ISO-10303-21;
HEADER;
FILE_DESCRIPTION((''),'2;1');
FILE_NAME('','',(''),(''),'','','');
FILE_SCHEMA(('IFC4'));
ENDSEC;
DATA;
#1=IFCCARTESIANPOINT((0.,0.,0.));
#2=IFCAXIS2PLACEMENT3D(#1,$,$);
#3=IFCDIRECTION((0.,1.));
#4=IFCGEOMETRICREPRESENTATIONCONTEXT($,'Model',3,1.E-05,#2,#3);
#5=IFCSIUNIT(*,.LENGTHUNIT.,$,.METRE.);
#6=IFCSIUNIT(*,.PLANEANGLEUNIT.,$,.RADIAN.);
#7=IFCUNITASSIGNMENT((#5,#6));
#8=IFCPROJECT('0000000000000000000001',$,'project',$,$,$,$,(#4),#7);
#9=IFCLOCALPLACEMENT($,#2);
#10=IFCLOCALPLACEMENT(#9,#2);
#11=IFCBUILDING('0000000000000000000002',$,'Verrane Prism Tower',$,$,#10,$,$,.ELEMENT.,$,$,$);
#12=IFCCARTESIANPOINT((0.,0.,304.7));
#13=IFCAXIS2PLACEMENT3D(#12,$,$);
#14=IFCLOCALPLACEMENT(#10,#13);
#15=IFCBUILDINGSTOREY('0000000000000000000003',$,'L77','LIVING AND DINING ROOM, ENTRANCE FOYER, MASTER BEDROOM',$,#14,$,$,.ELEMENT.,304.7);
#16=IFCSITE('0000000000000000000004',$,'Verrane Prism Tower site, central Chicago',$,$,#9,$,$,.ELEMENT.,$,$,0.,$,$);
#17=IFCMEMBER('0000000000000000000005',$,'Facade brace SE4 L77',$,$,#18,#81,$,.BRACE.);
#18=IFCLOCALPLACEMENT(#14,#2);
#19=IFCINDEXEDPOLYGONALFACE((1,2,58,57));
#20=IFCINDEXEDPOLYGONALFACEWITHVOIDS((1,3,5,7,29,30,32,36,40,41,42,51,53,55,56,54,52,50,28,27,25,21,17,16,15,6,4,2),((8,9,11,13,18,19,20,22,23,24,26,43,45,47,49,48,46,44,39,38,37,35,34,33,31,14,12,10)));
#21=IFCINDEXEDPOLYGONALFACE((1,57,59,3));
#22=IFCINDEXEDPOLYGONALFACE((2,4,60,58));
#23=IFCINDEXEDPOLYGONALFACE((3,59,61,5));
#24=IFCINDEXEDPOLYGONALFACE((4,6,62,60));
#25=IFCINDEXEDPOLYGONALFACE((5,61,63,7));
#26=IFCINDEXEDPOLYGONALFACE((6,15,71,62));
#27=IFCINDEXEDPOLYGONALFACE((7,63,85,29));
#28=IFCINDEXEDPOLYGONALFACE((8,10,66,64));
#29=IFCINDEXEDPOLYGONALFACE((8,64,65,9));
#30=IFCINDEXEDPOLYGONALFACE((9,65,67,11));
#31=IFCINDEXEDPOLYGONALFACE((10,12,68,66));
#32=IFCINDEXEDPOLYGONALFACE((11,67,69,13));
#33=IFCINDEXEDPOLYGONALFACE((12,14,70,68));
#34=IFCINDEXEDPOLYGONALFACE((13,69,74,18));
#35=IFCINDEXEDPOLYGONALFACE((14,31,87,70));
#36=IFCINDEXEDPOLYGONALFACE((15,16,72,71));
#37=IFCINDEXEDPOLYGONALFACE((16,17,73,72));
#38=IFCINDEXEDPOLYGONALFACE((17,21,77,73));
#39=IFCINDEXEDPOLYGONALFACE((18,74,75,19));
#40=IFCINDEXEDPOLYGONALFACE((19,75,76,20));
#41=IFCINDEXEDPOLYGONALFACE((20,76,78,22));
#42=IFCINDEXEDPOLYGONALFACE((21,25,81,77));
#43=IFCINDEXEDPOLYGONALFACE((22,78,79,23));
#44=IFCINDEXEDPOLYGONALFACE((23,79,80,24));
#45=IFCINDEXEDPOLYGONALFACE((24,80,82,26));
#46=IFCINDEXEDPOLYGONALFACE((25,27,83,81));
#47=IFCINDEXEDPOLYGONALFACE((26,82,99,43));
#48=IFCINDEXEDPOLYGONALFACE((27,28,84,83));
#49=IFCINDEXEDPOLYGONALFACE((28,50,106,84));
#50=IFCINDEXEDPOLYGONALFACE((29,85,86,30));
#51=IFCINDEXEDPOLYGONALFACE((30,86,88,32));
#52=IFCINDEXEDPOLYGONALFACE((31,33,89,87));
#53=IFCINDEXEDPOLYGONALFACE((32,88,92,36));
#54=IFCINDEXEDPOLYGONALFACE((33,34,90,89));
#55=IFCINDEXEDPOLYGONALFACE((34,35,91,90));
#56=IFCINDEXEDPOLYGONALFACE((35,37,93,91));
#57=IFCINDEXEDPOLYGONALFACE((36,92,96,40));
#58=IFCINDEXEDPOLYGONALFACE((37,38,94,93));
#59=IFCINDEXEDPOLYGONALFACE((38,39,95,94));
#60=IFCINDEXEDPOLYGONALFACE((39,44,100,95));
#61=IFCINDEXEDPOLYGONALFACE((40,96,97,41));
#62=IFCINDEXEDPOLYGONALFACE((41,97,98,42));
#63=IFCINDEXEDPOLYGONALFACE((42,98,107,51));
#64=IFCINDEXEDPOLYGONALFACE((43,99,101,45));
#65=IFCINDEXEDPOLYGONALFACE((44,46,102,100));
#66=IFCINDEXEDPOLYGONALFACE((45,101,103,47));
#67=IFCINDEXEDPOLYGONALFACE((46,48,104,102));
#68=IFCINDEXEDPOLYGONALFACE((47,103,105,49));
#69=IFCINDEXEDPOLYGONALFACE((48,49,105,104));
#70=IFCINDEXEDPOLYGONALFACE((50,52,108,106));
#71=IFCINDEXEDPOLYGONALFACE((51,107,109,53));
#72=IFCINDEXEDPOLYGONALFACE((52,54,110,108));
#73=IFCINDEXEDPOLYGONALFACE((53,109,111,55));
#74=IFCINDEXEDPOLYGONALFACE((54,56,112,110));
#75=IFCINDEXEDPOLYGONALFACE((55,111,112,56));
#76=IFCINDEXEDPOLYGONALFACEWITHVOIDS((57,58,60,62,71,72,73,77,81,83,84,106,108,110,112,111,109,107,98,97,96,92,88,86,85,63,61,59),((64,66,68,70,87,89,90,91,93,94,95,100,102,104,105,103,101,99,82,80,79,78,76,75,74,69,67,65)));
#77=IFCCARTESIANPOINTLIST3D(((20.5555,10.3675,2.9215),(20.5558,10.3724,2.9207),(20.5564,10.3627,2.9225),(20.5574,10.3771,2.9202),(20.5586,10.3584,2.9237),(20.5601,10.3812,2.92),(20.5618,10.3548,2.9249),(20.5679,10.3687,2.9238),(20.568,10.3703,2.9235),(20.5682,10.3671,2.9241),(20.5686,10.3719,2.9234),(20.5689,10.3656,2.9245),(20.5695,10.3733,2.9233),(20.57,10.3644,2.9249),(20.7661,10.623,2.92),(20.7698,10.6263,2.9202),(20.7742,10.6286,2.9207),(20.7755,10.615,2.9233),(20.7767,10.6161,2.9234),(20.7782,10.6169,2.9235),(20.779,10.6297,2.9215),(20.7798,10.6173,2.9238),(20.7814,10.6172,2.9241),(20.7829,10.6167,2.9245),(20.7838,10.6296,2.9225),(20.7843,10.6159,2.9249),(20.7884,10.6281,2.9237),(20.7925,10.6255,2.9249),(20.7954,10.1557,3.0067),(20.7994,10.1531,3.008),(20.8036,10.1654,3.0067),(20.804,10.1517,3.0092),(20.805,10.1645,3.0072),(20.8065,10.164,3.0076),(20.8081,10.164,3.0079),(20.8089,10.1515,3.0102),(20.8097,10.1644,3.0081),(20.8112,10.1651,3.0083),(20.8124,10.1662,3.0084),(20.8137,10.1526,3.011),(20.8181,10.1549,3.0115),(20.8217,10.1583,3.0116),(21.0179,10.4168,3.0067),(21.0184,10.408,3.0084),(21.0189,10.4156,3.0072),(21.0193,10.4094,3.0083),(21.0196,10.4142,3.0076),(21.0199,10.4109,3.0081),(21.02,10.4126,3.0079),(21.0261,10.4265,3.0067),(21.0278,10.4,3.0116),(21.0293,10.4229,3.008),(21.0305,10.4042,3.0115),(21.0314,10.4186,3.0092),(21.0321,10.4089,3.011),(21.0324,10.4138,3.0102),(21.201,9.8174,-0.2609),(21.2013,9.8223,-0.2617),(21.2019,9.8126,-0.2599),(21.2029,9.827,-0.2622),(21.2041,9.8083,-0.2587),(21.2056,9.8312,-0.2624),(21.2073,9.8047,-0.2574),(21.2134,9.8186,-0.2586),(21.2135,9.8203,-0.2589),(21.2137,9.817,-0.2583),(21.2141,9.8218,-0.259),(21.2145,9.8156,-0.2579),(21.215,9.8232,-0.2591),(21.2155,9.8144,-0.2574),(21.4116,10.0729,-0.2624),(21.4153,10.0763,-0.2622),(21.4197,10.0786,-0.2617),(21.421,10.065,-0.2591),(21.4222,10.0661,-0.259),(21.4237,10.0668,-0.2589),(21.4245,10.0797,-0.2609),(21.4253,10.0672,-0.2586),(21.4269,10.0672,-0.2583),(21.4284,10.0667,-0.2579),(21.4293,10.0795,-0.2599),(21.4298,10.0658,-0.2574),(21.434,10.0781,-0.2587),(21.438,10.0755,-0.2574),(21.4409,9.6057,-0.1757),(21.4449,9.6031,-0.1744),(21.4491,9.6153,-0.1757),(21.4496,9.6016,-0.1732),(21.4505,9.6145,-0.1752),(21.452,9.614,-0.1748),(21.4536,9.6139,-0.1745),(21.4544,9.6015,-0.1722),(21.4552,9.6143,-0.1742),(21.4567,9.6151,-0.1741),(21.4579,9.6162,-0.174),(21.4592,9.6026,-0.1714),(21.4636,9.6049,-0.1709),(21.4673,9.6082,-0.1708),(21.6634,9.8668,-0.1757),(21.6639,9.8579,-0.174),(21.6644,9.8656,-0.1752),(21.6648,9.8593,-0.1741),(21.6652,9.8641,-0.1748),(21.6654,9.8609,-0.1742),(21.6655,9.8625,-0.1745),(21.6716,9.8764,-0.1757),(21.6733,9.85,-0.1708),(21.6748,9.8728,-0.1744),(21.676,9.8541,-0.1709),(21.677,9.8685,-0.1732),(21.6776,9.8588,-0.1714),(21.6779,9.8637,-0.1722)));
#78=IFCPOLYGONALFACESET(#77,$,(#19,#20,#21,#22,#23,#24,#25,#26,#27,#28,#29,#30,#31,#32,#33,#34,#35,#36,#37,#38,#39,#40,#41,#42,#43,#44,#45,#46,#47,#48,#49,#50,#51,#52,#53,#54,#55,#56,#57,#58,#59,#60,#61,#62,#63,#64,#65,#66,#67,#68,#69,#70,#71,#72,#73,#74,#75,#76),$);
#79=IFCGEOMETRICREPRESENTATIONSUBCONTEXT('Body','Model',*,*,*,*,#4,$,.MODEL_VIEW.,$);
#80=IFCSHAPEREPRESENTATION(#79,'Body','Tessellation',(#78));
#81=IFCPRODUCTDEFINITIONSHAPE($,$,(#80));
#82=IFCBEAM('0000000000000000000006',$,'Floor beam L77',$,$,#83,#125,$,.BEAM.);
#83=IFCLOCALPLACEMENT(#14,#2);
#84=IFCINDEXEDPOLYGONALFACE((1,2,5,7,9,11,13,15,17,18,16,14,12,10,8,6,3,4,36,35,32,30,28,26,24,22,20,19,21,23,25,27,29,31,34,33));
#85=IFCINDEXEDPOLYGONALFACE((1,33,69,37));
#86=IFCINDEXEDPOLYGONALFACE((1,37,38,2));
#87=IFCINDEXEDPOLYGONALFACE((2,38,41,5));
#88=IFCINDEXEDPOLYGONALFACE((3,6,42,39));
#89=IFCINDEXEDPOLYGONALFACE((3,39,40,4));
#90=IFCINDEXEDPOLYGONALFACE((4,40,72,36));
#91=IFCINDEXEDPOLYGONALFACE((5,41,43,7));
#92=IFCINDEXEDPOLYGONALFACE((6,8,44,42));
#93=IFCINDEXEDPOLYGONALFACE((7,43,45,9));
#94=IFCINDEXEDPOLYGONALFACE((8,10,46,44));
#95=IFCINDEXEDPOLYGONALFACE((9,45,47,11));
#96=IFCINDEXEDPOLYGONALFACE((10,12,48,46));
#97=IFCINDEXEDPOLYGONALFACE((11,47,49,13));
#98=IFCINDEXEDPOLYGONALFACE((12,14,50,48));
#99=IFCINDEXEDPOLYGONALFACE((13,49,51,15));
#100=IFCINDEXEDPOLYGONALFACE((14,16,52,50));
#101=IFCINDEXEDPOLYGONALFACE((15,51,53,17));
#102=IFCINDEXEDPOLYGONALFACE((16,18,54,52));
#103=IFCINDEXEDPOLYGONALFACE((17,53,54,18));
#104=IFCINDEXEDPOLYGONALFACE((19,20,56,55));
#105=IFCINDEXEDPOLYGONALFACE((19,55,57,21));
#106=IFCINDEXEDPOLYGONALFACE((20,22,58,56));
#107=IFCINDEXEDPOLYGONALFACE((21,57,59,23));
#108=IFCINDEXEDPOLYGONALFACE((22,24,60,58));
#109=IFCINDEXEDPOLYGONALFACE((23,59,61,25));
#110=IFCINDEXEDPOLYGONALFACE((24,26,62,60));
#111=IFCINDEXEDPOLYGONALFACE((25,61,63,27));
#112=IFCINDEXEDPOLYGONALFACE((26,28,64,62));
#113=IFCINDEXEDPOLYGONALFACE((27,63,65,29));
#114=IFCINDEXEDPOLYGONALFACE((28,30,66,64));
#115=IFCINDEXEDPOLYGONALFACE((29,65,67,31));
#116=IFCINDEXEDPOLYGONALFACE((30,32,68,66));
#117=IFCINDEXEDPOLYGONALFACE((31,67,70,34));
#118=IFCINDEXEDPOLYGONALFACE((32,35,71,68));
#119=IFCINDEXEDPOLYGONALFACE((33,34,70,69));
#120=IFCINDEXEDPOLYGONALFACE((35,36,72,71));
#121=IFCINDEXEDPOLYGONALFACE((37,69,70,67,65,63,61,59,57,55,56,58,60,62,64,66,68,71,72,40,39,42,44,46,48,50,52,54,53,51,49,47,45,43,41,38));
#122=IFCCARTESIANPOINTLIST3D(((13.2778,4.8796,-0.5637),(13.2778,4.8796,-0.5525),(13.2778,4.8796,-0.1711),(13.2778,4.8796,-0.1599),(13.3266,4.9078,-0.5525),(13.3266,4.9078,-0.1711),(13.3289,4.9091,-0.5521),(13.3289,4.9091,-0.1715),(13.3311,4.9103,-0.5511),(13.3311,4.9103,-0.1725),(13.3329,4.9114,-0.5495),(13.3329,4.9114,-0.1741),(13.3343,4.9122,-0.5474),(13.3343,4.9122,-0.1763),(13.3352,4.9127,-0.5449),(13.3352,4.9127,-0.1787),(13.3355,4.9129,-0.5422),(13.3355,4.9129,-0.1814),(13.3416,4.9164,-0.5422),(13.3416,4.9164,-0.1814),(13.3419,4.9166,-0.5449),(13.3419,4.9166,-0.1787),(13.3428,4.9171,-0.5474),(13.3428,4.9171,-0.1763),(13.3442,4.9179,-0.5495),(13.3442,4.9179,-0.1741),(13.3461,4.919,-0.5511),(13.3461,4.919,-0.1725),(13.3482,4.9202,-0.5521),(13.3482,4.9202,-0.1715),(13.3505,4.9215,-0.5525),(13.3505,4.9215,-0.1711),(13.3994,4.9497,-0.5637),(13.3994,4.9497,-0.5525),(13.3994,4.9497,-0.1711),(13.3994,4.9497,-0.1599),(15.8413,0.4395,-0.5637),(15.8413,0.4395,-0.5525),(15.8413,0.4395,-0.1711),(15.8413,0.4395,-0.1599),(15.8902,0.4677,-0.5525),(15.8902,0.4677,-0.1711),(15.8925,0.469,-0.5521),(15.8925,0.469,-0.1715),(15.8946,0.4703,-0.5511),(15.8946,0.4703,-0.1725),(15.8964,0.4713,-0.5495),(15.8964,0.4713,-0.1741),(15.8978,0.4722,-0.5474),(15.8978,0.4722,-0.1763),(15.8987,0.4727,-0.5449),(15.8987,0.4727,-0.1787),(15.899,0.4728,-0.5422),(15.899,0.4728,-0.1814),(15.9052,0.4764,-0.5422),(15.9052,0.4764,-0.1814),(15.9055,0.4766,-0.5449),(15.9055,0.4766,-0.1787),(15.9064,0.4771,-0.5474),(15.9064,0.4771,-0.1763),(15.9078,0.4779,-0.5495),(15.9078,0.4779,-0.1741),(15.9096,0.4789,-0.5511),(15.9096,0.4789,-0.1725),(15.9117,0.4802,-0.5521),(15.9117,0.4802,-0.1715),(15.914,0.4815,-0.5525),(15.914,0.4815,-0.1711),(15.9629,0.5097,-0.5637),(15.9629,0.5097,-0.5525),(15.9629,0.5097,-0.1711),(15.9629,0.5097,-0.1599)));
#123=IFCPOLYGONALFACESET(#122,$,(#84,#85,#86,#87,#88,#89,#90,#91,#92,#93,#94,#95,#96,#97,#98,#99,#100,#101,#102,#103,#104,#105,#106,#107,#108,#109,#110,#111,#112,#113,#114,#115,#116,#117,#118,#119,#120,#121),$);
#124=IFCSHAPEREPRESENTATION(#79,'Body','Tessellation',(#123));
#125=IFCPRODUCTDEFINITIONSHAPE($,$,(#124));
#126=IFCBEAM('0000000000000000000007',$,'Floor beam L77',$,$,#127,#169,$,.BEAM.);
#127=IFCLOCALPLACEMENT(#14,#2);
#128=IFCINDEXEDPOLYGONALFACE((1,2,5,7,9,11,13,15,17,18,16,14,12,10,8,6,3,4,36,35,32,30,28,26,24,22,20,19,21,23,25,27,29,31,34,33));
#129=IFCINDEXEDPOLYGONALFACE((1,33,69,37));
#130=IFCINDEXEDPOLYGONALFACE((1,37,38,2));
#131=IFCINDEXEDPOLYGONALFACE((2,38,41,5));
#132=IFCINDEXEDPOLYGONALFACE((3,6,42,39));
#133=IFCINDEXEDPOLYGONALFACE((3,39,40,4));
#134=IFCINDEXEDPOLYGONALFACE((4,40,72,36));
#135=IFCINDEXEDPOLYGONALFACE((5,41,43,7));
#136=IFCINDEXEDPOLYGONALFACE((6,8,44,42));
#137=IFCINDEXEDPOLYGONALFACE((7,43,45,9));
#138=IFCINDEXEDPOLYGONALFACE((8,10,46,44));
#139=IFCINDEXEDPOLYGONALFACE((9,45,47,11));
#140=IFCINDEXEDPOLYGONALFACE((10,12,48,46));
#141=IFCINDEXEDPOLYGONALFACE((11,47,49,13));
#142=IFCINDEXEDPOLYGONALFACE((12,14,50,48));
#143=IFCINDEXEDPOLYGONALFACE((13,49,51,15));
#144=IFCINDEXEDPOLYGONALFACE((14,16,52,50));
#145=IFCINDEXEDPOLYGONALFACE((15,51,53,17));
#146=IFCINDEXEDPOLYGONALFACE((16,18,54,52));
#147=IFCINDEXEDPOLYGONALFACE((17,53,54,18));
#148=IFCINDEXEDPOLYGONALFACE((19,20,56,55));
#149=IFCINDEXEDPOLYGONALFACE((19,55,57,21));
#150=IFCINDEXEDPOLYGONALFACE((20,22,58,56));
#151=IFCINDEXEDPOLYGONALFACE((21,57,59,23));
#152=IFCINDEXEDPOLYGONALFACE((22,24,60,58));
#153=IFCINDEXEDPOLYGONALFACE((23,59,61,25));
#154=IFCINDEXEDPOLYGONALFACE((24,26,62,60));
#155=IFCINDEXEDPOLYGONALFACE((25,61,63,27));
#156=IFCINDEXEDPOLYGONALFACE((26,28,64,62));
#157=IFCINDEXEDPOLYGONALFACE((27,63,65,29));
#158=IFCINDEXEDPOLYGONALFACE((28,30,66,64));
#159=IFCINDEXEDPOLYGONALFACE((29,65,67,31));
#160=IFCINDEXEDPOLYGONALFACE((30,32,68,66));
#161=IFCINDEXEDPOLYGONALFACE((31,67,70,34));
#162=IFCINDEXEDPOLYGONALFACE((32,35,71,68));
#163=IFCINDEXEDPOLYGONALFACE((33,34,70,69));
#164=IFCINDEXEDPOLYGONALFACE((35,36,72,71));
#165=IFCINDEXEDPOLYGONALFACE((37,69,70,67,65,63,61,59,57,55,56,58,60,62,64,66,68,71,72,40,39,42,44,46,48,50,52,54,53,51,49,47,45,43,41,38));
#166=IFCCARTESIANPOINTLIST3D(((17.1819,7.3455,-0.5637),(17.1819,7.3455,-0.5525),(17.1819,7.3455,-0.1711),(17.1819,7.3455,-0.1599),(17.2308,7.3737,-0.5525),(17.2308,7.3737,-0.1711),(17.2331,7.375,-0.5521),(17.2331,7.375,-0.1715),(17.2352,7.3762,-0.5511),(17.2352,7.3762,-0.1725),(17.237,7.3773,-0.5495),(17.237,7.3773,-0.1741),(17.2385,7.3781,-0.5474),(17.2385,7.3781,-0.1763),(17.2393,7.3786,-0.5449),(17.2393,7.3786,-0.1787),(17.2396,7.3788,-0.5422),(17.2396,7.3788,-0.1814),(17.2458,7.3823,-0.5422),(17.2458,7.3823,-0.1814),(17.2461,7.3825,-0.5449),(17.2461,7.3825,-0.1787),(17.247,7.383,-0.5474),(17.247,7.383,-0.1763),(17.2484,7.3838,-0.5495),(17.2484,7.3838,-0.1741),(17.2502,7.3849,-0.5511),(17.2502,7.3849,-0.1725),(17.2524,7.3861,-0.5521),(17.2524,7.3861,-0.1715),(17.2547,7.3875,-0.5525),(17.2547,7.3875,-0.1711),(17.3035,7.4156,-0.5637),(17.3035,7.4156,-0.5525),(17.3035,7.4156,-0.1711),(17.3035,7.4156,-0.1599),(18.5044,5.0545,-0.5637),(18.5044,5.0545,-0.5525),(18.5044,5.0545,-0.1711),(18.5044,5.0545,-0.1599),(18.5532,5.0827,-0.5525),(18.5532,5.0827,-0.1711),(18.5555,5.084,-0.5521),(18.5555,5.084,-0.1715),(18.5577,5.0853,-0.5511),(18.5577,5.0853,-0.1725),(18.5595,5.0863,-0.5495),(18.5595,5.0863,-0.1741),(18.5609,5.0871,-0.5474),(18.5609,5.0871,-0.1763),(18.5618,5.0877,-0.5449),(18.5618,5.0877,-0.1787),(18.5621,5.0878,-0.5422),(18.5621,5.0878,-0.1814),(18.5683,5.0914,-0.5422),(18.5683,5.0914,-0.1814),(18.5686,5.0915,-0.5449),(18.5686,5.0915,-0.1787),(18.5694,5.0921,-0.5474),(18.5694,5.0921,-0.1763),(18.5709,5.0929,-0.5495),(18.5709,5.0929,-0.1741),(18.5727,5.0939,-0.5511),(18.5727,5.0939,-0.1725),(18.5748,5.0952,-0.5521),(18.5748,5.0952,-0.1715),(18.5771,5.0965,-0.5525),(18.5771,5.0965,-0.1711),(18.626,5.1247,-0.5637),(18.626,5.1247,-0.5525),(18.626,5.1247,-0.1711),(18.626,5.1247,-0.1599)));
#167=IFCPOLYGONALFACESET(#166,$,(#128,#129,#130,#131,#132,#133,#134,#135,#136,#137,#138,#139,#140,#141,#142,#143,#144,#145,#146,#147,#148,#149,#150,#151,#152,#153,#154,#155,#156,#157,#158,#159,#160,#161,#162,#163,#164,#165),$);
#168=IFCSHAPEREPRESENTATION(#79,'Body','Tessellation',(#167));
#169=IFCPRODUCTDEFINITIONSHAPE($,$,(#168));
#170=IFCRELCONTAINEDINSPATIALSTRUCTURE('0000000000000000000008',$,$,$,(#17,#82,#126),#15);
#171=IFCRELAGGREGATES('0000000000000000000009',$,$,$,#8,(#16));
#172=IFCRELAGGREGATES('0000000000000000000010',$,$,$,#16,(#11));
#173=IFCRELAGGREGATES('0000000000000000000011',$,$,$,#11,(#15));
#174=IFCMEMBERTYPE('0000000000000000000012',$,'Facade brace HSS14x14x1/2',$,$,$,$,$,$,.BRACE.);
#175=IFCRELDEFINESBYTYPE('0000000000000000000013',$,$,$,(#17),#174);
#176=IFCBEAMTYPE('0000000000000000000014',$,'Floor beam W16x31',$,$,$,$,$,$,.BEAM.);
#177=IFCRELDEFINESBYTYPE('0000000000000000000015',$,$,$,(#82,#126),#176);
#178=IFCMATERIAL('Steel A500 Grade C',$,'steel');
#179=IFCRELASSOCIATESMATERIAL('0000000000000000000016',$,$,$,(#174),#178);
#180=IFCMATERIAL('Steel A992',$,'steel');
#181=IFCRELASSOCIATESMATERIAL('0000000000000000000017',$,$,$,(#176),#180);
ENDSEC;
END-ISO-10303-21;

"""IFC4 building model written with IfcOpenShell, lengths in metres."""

from ifc_helpers import new_model, si_unit, direction, frame, origin, origin_2d, place, context, subcontext, project, spatial, hollow_rectangle, i_section, extrude, material, material_profile, profile_set, type_object, element, save


model = new_model("IFC4")

# Units and contexts
model_context = context("Model", 3, precision=1e-05, world=origin(), true_north=direction((0.0, 1.0)))
body_context = subcontext(model_context, "Body", "Model", "MODEL_VIEW")
ifc_project = project(units=[si_unit("LENGTHUNIT", "METRE"), si_unit("PLANEANGLEUNIT", "RADIAN")], contexts=[model_context])

# Site, building, storey
site_placement = place(None, origin())
site = spatial("IfcSite", under=ifc_project, at=site_placement, Name="Verrane Prism Tower site, central Chicago", CompositionType="ELEMENT", RefElevation=0.0)
building_placement = place(site_placement, origin())
building = spatial("IfcBuilding", under=site, at=building_placement, Name="Verrane Prism Tower", CompositionType="ELEMENT")
storey_placement = place(building_placement, frame((0.0, 0.0, 304.7)))
storey = spatial("IfcBuildingStorey", under=building, at=storey_placement, Name="L77", Description="LIVING AND DINING ROOM, ENTRANCE FOYER, MASTER BEDROOM", CompositionType="ELEMENT", Elevation=304.7)

# Member
ifc_material_1 = material(Name="Steel A500 Grade C", Category="steel")
ifc_material_profile_1 = material_profile(ifc_material_1, hollow_rectangle(XDim=0.3557, YDim=0.3557, WallThickness=0.0127, InnerFilletRadius=0.0063, OuterFilletRadius=0.019, at=origin_2d()), Name="HSS14x14x1/2")
ifc_profile_set_1 = profile_set([ifc_material_profile_1], Name="Steel A500 Grade C")
member_type_1 = type_object("IfcMemberType", Name="Facade brace HSS14x14x1/2", PredefinedType="BRACE", material=ifc_profile_set_1)
member_1_placement = place(storey_placement, frame((21.4395, 9.8406, -0.2166), z_axis=(-0.195998, 0.167014, 0.966277), x_axis=(-0.648584, -0.761143, 0.0)))
element("IfcMember", 1, at=member_1_placement, inside=storey, type_object=member_type_1, Name="Facade brace SE4 L77", PredefinedType="BRACE", context=body_context, shape_type="SweptSolid", body=[
    extrude(hollow_rectangle(XDim=0.3557, YDim=0.3557, WallThickness=0.0127, InnerFilletRadius=0.0063, OuterFilletRadius=0.019, at=origin_2d()), origin(), (0.0, 0.0, 1.0), 3.2935),
])

# Beams
ifc_material_2 = material(Name="Steel A992", Category="steel")
ifc_material_profile_2 = material_profile(ifc_material_2, i_section(OverallWidth=0.1404, OverallDepth=0.4038, WebThickness=0.0071, FlangeThickness=0.0112, FilletRadius=0.0103, at=origin_2d()), Name="W16x31")
ifc_profile_set_2 = profile_set([ifc_material_profile_2], Name="Steel A992")
beam_type_1 = type_object("IfcBeamType", Name="Floor beam W16x31", PredefinedType="BEAM", material=ifc_profile_set_2)
beam_1_placement = place(storey_placement, frame((15.9021, 0.4746, -0.3618), z_axis=(-0.500011, 0.866019, 0.0), x_axis=(-0.866019, -0.500011, 0.0)))
element("IfcBeam", 2, at=beam_1_placement, inside=storey, type_object=beam_type_1, Name="Floor beam L77", PredefinedType="BEAM", context=body_context, shape_type="SweptSolid", body=[
    extrude(i_section(OverallWidth=0.1404, OverallDepth=0.4038, WebThickness=0.0071, FlangeThickness=0.0112, FilletRadius=0.0103, at=origin_2d()), origin(), (0.0, 0.0, 1.0), 5.127),
])
beam_2_placement = place(storey_placement, frame((18.5652, 5.0896, -0.3618), z_axis=(-0.499941, 0.86606, 0.0), x_axis=(-0.86606, -0.499941, 0.0)))
element("IfcBeam", 3, at=beam_2_placement, inside=storey, type_object=beam_type_1, Name="Floor beam L77", PredefinedType="BEAM", context=body_context, shape_type="SweptSolid", body=[
    extrude(i_section(OverallWidth=0.1404, OverallDepth=0.4038, WebThickness=0.0071, FlangeThickness=0.0112, FilletRadius=0.0103, at=origin_2d()), origin(), (0.0, 0.0, 1.0), 2.6453),
])

save(model, "model.ifc")
